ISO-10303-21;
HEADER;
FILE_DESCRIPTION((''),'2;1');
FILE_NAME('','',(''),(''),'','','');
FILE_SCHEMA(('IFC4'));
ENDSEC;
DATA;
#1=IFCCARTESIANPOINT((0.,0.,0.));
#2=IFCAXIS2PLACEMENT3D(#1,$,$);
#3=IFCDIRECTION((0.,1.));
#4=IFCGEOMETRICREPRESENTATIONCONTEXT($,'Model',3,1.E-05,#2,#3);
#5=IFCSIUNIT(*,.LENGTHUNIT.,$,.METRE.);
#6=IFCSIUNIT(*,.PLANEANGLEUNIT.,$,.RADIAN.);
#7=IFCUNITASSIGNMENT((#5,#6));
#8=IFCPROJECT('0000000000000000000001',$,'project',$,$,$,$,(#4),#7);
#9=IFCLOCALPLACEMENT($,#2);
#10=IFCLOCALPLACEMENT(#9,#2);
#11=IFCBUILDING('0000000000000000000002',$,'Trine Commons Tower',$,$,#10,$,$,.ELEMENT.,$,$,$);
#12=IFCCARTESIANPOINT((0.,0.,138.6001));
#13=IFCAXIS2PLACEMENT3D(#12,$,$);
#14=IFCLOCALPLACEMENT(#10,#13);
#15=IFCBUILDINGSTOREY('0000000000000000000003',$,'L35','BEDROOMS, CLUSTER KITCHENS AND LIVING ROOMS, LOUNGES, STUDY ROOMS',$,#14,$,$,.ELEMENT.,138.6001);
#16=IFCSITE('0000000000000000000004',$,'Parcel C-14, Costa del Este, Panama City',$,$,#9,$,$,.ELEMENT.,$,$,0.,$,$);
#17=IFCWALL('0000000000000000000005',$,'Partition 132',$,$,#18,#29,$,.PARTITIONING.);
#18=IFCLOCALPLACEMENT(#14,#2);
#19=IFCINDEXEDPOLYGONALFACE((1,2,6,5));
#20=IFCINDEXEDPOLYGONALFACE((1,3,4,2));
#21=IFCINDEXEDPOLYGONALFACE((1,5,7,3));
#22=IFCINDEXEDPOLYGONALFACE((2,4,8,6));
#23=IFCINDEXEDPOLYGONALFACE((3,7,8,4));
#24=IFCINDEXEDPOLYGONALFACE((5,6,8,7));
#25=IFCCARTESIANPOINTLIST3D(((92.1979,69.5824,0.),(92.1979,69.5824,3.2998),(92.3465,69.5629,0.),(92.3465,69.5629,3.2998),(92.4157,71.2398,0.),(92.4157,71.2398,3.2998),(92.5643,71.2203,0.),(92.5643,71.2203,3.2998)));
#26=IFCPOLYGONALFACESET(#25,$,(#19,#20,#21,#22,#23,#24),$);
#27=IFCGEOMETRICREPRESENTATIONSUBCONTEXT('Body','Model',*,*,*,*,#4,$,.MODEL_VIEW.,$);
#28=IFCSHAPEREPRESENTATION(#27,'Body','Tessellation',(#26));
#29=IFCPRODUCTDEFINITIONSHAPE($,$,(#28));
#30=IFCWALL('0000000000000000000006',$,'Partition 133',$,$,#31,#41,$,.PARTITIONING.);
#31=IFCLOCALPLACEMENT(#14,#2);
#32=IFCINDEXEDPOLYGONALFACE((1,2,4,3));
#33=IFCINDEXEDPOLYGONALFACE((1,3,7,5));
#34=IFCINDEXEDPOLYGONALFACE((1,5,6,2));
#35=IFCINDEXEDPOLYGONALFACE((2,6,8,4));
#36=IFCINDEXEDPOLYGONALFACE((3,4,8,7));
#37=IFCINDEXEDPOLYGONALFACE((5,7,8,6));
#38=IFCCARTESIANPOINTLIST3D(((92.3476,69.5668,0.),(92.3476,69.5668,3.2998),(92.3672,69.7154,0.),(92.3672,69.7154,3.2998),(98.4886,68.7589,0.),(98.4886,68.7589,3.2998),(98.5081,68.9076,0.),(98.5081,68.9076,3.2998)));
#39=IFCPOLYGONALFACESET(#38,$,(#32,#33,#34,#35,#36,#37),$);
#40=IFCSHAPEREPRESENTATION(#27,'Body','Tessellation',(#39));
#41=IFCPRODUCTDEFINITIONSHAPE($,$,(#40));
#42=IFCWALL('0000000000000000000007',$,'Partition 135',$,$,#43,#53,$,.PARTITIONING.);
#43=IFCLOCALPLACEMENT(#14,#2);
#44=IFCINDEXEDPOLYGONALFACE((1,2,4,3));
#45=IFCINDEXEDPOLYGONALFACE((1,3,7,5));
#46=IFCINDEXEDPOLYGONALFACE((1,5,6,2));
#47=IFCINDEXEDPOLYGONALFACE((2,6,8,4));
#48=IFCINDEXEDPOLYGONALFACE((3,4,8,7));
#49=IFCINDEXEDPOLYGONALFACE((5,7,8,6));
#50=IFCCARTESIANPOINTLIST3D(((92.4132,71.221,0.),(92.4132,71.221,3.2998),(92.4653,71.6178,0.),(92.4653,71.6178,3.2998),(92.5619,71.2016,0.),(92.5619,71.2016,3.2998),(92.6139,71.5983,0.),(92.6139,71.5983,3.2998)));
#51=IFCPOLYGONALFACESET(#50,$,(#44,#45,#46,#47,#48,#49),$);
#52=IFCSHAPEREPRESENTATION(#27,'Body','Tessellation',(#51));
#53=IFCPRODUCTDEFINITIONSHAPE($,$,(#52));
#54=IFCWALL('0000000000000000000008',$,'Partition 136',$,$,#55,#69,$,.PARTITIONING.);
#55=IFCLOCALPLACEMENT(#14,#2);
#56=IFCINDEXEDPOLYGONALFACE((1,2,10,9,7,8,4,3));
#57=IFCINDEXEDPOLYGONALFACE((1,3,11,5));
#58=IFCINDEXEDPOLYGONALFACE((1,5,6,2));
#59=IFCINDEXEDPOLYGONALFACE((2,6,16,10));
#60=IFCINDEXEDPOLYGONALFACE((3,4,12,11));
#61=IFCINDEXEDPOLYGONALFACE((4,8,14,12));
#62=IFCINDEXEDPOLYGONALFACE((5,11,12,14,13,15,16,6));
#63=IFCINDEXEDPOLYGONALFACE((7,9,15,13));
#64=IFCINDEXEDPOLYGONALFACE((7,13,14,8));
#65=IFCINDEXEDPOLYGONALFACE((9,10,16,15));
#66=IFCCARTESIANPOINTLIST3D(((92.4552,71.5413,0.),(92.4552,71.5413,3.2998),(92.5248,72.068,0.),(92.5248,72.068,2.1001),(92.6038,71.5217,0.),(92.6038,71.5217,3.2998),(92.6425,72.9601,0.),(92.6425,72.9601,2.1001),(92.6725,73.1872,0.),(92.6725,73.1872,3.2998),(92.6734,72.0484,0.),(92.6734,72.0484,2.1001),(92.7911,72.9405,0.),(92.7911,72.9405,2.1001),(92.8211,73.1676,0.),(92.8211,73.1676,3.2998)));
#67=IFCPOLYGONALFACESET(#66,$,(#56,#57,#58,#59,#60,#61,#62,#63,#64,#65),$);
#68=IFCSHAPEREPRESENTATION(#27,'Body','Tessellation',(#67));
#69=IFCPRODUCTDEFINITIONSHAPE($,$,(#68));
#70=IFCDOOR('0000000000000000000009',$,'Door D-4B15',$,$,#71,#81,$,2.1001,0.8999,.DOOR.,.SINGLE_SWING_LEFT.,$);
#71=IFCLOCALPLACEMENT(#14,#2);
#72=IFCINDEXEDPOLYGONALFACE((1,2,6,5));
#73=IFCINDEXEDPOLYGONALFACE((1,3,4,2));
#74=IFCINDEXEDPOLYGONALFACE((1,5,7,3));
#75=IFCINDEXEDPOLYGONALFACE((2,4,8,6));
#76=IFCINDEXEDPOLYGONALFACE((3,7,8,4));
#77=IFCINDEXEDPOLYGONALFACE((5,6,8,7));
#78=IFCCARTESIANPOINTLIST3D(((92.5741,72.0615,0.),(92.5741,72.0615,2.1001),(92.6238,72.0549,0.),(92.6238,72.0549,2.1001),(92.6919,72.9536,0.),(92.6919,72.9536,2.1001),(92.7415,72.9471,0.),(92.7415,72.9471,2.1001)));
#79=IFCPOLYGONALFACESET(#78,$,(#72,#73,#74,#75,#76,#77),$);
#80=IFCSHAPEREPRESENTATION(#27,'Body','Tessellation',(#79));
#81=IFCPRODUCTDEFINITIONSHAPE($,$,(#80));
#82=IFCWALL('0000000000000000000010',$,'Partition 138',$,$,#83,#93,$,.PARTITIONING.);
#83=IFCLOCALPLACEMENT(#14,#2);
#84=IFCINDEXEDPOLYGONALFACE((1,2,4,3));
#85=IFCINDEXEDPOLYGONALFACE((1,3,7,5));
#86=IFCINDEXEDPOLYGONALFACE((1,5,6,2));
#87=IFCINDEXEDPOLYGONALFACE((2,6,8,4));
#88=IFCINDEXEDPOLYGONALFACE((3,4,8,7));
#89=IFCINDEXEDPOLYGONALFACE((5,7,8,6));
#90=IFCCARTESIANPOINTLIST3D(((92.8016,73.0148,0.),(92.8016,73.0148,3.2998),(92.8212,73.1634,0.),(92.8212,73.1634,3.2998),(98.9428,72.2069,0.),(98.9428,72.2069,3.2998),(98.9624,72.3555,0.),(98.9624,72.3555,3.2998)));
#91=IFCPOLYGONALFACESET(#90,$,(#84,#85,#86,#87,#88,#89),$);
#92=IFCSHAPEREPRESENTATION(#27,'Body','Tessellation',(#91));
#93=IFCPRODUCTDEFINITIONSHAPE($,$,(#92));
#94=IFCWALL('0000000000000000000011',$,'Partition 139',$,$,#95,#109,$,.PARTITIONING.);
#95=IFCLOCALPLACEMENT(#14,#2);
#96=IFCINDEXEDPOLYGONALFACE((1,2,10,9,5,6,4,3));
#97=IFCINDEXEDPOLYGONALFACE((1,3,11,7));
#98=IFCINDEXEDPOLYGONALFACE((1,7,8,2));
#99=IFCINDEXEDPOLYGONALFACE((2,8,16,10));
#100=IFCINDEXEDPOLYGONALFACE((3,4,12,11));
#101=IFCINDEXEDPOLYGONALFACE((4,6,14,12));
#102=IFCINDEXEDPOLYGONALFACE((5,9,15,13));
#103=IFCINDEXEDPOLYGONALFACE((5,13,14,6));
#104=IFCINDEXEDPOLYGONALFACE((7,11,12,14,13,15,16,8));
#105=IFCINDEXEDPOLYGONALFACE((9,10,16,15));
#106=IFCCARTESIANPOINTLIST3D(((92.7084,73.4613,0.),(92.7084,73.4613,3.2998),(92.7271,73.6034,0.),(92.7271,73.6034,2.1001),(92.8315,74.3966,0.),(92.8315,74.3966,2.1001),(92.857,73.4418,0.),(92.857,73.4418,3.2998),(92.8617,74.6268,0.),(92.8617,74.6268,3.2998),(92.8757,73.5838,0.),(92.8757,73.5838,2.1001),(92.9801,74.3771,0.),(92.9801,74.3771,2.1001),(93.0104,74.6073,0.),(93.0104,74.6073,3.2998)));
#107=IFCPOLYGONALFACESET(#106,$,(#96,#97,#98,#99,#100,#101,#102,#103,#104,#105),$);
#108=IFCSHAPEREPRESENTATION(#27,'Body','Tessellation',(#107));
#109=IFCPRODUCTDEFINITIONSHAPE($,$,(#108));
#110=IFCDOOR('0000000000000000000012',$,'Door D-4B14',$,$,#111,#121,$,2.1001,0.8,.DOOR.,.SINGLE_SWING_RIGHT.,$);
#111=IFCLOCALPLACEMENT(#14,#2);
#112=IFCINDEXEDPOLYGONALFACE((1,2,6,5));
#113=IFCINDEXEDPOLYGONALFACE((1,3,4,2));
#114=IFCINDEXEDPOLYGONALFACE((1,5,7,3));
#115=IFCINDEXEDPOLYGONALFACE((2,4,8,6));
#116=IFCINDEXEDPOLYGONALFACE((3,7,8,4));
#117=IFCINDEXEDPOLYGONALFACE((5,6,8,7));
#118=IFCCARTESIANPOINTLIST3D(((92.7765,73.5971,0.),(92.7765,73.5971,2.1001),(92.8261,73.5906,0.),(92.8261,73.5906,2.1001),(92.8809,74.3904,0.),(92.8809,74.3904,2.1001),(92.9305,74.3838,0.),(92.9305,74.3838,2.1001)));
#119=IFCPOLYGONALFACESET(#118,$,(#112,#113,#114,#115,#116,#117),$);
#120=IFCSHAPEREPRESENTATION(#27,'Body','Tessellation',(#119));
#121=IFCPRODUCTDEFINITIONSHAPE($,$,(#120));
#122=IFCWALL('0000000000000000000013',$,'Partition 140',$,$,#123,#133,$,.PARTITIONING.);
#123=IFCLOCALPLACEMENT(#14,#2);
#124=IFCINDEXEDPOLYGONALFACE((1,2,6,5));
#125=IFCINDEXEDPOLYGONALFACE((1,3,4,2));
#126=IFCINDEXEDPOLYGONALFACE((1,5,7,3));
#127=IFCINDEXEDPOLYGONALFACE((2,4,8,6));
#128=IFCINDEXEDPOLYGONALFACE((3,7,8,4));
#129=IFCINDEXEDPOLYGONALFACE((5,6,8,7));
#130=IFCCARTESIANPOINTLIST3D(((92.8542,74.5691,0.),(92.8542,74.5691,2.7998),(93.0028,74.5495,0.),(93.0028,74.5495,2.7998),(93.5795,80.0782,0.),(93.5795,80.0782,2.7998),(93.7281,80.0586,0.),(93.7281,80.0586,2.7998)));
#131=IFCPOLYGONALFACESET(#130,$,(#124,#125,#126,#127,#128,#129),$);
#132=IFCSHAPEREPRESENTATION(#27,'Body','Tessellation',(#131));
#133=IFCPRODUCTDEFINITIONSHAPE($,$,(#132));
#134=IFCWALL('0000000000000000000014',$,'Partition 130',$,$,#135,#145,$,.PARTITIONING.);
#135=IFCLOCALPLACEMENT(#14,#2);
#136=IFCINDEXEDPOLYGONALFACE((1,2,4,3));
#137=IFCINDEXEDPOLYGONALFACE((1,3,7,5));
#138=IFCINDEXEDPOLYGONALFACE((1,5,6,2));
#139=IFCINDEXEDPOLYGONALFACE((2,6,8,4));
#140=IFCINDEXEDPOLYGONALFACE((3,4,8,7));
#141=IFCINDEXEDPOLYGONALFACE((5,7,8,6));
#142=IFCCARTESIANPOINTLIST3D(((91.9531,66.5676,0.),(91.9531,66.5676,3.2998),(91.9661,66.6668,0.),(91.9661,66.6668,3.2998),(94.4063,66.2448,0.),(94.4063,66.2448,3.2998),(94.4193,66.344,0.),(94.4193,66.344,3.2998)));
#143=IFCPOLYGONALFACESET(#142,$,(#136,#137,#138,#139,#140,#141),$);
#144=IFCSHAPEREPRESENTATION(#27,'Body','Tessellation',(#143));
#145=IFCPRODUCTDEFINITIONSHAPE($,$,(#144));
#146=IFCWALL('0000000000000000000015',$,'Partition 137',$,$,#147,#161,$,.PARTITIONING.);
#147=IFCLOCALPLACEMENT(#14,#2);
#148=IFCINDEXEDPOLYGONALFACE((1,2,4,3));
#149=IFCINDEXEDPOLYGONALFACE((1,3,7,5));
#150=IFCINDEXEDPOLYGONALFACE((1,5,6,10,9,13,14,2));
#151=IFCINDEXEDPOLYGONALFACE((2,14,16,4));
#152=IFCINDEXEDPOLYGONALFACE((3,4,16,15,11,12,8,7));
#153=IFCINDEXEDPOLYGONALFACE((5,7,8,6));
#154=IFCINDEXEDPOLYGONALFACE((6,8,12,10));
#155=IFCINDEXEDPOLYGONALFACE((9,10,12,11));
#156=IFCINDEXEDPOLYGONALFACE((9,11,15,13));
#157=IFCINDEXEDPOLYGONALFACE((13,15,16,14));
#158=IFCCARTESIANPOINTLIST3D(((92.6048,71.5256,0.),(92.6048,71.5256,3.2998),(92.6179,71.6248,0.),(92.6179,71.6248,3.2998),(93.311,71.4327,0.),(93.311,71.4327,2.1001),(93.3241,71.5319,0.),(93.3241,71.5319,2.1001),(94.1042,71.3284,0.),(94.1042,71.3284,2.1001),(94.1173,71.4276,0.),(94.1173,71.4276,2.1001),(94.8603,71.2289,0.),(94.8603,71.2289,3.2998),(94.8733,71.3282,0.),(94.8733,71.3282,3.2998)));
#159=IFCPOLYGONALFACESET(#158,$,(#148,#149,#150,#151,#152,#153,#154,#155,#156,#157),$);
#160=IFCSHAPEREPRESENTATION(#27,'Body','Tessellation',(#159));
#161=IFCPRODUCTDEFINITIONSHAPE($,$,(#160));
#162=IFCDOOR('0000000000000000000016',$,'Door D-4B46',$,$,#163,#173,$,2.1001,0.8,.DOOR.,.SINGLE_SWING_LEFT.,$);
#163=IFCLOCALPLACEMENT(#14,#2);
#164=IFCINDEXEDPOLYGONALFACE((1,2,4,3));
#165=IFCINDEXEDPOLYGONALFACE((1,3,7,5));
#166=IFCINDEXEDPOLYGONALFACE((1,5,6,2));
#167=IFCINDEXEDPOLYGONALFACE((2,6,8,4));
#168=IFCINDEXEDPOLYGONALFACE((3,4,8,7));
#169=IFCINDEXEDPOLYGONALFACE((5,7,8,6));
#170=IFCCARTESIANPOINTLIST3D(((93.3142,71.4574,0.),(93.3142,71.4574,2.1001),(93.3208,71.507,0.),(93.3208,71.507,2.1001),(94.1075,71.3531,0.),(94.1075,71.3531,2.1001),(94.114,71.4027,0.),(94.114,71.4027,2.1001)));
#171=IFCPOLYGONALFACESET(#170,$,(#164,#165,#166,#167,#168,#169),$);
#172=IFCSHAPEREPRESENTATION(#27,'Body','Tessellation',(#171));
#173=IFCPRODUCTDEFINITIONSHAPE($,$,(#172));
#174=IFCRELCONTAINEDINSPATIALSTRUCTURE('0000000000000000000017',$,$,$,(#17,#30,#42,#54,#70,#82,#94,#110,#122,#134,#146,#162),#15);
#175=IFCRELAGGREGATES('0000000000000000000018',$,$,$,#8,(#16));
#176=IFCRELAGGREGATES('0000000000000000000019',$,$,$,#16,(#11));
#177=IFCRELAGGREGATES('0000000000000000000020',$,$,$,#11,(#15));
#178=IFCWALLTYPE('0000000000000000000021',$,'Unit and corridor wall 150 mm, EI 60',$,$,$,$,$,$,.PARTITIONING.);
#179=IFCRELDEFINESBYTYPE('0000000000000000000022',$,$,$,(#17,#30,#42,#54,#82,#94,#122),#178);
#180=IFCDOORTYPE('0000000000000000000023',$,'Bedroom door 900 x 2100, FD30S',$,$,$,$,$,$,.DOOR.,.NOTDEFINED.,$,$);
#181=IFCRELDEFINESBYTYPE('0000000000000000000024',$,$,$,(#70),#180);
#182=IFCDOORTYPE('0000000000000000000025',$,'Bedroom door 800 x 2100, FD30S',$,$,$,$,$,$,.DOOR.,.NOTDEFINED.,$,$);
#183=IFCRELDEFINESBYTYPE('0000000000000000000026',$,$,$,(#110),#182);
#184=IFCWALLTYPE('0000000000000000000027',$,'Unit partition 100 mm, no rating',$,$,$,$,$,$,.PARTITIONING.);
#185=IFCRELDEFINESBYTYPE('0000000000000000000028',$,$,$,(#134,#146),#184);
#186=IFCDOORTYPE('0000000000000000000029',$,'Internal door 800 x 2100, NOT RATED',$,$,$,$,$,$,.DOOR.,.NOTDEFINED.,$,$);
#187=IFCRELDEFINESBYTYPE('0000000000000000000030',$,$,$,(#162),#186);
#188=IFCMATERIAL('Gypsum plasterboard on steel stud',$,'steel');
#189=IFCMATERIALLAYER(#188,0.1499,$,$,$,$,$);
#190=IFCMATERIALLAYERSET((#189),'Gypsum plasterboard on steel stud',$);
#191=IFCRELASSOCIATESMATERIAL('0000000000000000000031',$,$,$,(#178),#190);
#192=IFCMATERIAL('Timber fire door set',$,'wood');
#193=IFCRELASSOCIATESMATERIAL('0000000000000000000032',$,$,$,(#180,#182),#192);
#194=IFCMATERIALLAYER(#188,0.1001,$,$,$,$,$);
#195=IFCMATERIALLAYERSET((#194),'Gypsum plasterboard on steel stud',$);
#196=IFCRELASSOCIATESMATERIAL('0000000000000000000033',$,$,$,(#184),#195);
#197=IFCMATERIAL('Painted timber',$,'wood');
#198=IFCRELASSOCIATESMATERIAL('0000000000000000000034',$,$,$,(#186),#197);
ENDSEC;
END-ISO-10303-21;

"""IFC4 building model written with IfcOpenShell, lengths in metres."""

from ifc_helpers import new_model, si_unit, direction, frame, frame_2d, origin, place, context, subcontext, project, spatial, rectangle, extrude, material, layer, layer_set, type_object, element, fill, save


model = new_model("IFC4")

# Units and contexts
model_context = context("Model", 3, precision=1e-05, world=origin(), true_north=direction((0.0, 1.0)))
body_context = subcontext(model_context, "Body", "Model", "MODEL_VIEW")
ifc_project = project(units=[si_unit("LENGTHUNIT", "METRE"), si_unit("PLANEANGLEUNIT", "RADIAN")], contexts=[model_context])

# Site, building, storey
site_placement = place(None, origin())
site = spatial("IfcSite", under=ifc_project, at=site_placement, Name="Parcel C-14, Costa del Este, Panama City", CompositionType="ELEMENT", RefElevation=0.0)
building_placement = place(site_placement, origin())
building = spatial("IfcBuilding", under=site, at=building_placement, Name="Trine Commons Tower", CompositionType="ELEMENT")
storey_placement = place(building_placement, frame((0.0, 0.0, 138.6001)))
storey = spatial("IfcBuildingStorey", under=building, at=storey_placement, Name="L35", Description="BEDROOMS, CLUSTER KITCHENS AND LIVING ROOMS, LOUNGES, STUDY ROOMS", CompositionType="ELEMENT", Elevation=138.6001)

# Shared definitions
ifc_material_1 = material(Name="Gypsum plasterboard on steel stud", Category="steel")
ifc_layer_1 = layer(ifc_material_1, 0.1499)
ifc_layer_set_1 = layer_set([ifc_layer_1], Name="Gypsum plasterboard on steel stud")
wall_type_1 = type_object("IfcWallType", Name="Unit and corridor wall 150 mm, EI 60", PredefinedType="PARTITIONING", material=ifc_layer_set_1)

# Shared definitions
ifc_material_2 = material(Name="Timber fire door set", Category="wood")

# Walls
wall_1_placement = place(storey_placement, frame((92.2722, 69.5725, 0.0), z_axis=(0.0, 0.0, 1.0), x_axis=(0.130269, 0.991479, 0.0)))
element("IfcWall", 1, at=wall_1_placement, inside=storey, type_object=wall_type_1, Name="Partition 132", PredefinedType="PARTITIONING", context=body_context, shape_type="SweptSolid", body=[
    extrude(rectangle(XDim=1.6716, YDim=0.1499, at=frame_2d((0.8359, 0.0))), origin(), (0.0, 0.0, 1.0), 3.2998),
])
wall_2_placement = place(storey_placement, frame((92.3574, 69.6411, 0.0), z_axis=(0.0, 0.0, 1.0), x_axis=(0.991457, -0.130431, 0.0)))
element("IfcWall", 2, at=wall_2_placement, inside=storey, type_object=wall_type_1, Name="Partition 133", PredefinedType="PARTITIONING", context=body_context, shape_type="SweptSolid", body=[
    extrude(rectangle(XDim=6.1938, YDim=0.1499, at=frame_2d((3.0969, 0.0))), origin(), (0.0, 0.0, 1.0), 3.2998),
])
wall_3_placement = place(storey_placement, frame((92.4875, 71.2112, 0.0), z_axis=(0.0, 0.0, 1.0), x_axis=(0.129965, 0.991519, 0.0)))
element("IfcWall", 3, at=wall_3_placement, inside=storey, type_object=wall_type_1, Name="Partition 135", PredefinedType="PARTITIONING", context=body_context, shape_type="SweptSolid", body=[
    extrude(rectangle(XDim=0.4001, YDim=0.1499, at=frame_2d((0.2002, 0.0))), origin(), (0.0, 0.0, 1.0), 3.2998),
])

# Wall, opening, door
wall_4_placement = place(storey_placement, frame((92.5295, 71.5315, 0.0), z_axis=(0.0, 0.0, 1.0), x_axis=(0.130873, 0.991399, 0.0)))
wall_4 = element("IfcWall", 4, at=wall_4_placement, inside=storey, type_object=wall_type_1, Name="Partition 136", PredefinedType="PARTITIONING", context=body_context, shape_type="SweptSolid", body=[
    extrude(rectangle(XDim=1.6602, YDim=0.1499, at=frame_2d((0.8301, 0.0))), origin(), (0.0, 0.0, 1.0), 3.2998),
])
opening_1_placement = place(wall_4_placement, frame((0.5312, 0.0, 0.0)))
opening_1 = element("IfcOpeningElement", 5, at=opening_1_placement, cuts=wall_4, PredefinedType="OPENING", context=body_context, shape_type="SweptSolid", body=[
    extrude(rectangle(XDim=0.8999, YDim=2.1001, at=frame_2d((0.45, 1.05))), frame((0.0, 0.085, 0.0), z_axis=(0.0, -1.0, 0.0), x_axis=(1.0, 0.0, 0.0)), (0.0, 0.0, 1.0), 0.1699),
])
door_type_1 = type_object("IfcDoorType", Name="Bedroom door 900 x 2100, FD30S", OperationType="NOTDEFINED", PredefinedType="DOOR", material=ifc_material_2)
door_1_placement = place(opening_1_placement, frame((0.8999, 0.0, 0.0), z_axis=(0.0, 0.0, 1.0), x_axis=(-1.0, 0.0, 0.0)))
door_1 = element("IfcDoor", 6, at=door_1_placement, inside=storey, type_object=door_type_1, Name="Door D-4B15", OperationType="SINGLE_SWING_LEFT", OverallHeight=2.1001, OverallWidth=0.8999, PredefinedType="DOOR", context=body_context, shape_type="SweptSolid", body=[
    extrude(rectangle(XDim=0.8999, YDim=2.1001, at=frame_2d((0.45, 1.05))), frame((0.0, 0.0249, 0.0), z_axis=(0.0, -1.0, 0.0), x_axis=(1.0, 0.0, 0.0)), (0.0, 0.0, 1.0), 0.05),
])
fill(opening_1, door_1)

# Wall
wall_5_placement = place(storey_placement, frame((92.8113, 73.0891, 0.0), z_axis=(0.0, 0.0, 1.0), x_axis=(0.991458, -0.130426, 0.0)))
element("IfcWall", 7, at=wall_5_placement, inside=storey, type_object=wall_type_1, Name="Partition 138", PredefinedType="PARTITIONING", context=body_context, shape_type="SweptSolid", body=[
    extrude(rectangle(XDim=6.1941, YDim=0.1499, at=frame_2d((3.0972, 0.0))), origin(), (0.0, 0.0, 1.0), 3.2998),
])

# Wall, opening, door
wall_6_placement = place(storey_placement, frame((92.7827, 73.4514, 0.0), z_axis=(0.0, 0.0, 1.0), x_axis=(0.130422, 0.991459, 0.0)))
wall_6 = element("IfcWall", 8, at=wall_6_placement, inside=storey, type_object=wall_type_1, Name="Partition 139", PredefinedType="PARTITIONING", context=body_context, shape_type="SweptSolid", body=[
    extrude(rectangle(XDim=1.1755, YDim=0.1499, at=frame_2d((0.5879, 0.0))), origin(), (0.0, 0.0, 1.0), 3.2998),
])
opening_2_placement = place(wall_6_placement, frame((0.1436, 0.0, 0.0)))
opening_2 = element("IfcOpeningElement", 9, at=opening_2_placement, cuts=wall_6, PredefinedType="OPENING", context=body_context, shape_type="SweptSolid", body=[
    extrude(rectangle(XDim=0.8, YDim=2.1001, at=frame_2d((0.3999, 1.05))), frame((0.0, 0.085, 0.0), z_axis=(0.0, -1.0, 0.0), x_axis=(1.0, 0.0, 0.0)), (0.0, 0.0, 1.0), 0.1699),
])
door_type_2 = type_object("IfcDoorType", Name="Bedroom door 800 x 2100, FD30S", OperationType="NOTDEFINED", PredefinedType="DOOR", material=ifc_material_2)
door_2_placement = place(opening_2_placement, frame((0.8, 0.0, 0.0), z_axis=(0.0, 0.0, 1.0), x_axis=(-1.0, 0.0, 0.0)))
door_2 = element("IfcDoor", 10, at=door_2_placement, inside=storey, type_object=door_type_2, Name="Door D-4B14", OperationType="SINGLE_SWING_RIGHT", OverallHeight=2.1001, OverallWidth=0.8, PredefinedType="DOOR", context=body_context, shape_type="SweptSolid", body=[
    extrude(rectangle(XDim=0.8, YDim=2.1001, at=frame_2d((0.3999, 1.05))), frame((0.0, 0.0249, 0.0), z_axis=(0.0, -1.0, 0.0), x_axis=(1.0, 0.0, 0.0)), (0.0, 0.0, 1.0), 0.05),
])
fill(opening_2, door_2)

# Walls
wall_7_placement = place(storey_placement, frame((92.9285, 74.5593, 0.0), z_axis=(0.0, 0.0, 1.0), x_axis=(0.130537, 0.991443, 0.0)))
element("IfcWall", 11, at=wall_7_placement, inside=storey, type_object=wall_type_1, Name="Partition 140", PredefinedType="PARTITIONING", context=body_context, shape_type="SweptSolid", body=[
    extrude(rectangle(XDim=5.5566, YDim=0.1499, at=frame_2d((2.7783, 0.0))), origin(), (0.0, 0.0, 1.0), 2.7998),
])
ifc_layer_2 = layer(ifc_material_1, 0.1001)
ifc_layer_set_2 = layer_set([ifc_layer_2], Name="Gypsum plasterboard on steel stud")
wall_type_2 = type_object("IfcWallType", Name="Unit partition 100 mm, no rating", PredefinedType="PARTITIONING", material=ifc_layer_set_2)
wall_8_placement = place(storey_placement, frame((91.9595, 66.6172, 0.0), z_axis=(0.0, 0.0, 1.0), x_axis=(0.991456, -0.130444, 0.0)))
element("IfcWall", 12, at=wall_8_placement, inside=storey, type_object=wall_type_2, Name="Partition 130", PredefinedType="PARTITIONING", context=body_context, shape_type="SweptSolid", body=[
    extrude(rectangle(XDim=2.4744, YDim=0.1001, at=frame_2d((1.2373, 0.0))), origin(), (0.0, 0.0, 1.0), 3.2998),
])

# Wall, opening, door
wall_9_placement = place(storey_placement, frame((92.6113, 71.5752, 0.0), z_axis=(0.0, 0.0, 1.0), x_axis=(0.991462, -0.130399, 0.0)))
wall_9 = element("IfcWall", 13, at=wall_9_placement, inside=storey, type_object=wall_type_2, Name="Partition 137", PredefinedType="PARTITIONING", context=body_context, shape_type="SweptSolid", body=[
    extrude(rectangle(XDim=2.2749, YDim=0.1001, at=frame_2d((1.1375, 0.0))), origin(), (0.0, 0.0, 1.0), 3.2998),
])
opening_3_placement = place(wall_9_placement, frame((0.7124, 0.0, 0.0)))
opening_3 = element("IfcOpeningElement", 14, at=opening_3_placement, cuts=wall_9, PredefinedType="OPENING", context=body_context, shape_type="SweptSolid", body=[
    extrude(rectangle(XDim=0.8, YDim=2.1001, at=frame_2d((0.3999, 1.05))), frame((0.0, 0.0601, 0.0), z_axis=(0.0, -1.0, 0.0), x_axis=(1.0, 0.0, 0.0)), (0.0, 0.0, 1.0), 0.1201),
])
ifc_material_3 = material(Name="Painted timber", Category="wood")
door_type_3 = type_object("IfcDoorType", Name="Internal door 800 x 2100, NOT RATED", OperationType="NOTDEFINED", PredefinedType="DOOR", material=ifc_material_3)
door_3_placement = place(opening_3_placement, origin())
door_3 = element("IfcDoor", 15, at=door_3_placement, inside=storey, type_object=door_type_3, Name="Door D-4B46", OperationType="SINGLE_SWING_LEFT", OverallHeight=2.1001, OverallWidth=0.8, PredefinedType="DOOR", context=body_context, shape_type="SweptSolid", body=[
    extrude(rectangle(XDim=0.8, YDim=2.1001, at=frame_2d((0.3999, 1.05))), frame((0.0, 0.0249, 0.0), z_axis=(0.0, -1.0, 0.0), x_axis=(1.0, 0.0, 0.0)), (0.0, 0.0, 1.0), 0.05),
])
fill(opening_3, door_3)

save(model, "model.ifc")
